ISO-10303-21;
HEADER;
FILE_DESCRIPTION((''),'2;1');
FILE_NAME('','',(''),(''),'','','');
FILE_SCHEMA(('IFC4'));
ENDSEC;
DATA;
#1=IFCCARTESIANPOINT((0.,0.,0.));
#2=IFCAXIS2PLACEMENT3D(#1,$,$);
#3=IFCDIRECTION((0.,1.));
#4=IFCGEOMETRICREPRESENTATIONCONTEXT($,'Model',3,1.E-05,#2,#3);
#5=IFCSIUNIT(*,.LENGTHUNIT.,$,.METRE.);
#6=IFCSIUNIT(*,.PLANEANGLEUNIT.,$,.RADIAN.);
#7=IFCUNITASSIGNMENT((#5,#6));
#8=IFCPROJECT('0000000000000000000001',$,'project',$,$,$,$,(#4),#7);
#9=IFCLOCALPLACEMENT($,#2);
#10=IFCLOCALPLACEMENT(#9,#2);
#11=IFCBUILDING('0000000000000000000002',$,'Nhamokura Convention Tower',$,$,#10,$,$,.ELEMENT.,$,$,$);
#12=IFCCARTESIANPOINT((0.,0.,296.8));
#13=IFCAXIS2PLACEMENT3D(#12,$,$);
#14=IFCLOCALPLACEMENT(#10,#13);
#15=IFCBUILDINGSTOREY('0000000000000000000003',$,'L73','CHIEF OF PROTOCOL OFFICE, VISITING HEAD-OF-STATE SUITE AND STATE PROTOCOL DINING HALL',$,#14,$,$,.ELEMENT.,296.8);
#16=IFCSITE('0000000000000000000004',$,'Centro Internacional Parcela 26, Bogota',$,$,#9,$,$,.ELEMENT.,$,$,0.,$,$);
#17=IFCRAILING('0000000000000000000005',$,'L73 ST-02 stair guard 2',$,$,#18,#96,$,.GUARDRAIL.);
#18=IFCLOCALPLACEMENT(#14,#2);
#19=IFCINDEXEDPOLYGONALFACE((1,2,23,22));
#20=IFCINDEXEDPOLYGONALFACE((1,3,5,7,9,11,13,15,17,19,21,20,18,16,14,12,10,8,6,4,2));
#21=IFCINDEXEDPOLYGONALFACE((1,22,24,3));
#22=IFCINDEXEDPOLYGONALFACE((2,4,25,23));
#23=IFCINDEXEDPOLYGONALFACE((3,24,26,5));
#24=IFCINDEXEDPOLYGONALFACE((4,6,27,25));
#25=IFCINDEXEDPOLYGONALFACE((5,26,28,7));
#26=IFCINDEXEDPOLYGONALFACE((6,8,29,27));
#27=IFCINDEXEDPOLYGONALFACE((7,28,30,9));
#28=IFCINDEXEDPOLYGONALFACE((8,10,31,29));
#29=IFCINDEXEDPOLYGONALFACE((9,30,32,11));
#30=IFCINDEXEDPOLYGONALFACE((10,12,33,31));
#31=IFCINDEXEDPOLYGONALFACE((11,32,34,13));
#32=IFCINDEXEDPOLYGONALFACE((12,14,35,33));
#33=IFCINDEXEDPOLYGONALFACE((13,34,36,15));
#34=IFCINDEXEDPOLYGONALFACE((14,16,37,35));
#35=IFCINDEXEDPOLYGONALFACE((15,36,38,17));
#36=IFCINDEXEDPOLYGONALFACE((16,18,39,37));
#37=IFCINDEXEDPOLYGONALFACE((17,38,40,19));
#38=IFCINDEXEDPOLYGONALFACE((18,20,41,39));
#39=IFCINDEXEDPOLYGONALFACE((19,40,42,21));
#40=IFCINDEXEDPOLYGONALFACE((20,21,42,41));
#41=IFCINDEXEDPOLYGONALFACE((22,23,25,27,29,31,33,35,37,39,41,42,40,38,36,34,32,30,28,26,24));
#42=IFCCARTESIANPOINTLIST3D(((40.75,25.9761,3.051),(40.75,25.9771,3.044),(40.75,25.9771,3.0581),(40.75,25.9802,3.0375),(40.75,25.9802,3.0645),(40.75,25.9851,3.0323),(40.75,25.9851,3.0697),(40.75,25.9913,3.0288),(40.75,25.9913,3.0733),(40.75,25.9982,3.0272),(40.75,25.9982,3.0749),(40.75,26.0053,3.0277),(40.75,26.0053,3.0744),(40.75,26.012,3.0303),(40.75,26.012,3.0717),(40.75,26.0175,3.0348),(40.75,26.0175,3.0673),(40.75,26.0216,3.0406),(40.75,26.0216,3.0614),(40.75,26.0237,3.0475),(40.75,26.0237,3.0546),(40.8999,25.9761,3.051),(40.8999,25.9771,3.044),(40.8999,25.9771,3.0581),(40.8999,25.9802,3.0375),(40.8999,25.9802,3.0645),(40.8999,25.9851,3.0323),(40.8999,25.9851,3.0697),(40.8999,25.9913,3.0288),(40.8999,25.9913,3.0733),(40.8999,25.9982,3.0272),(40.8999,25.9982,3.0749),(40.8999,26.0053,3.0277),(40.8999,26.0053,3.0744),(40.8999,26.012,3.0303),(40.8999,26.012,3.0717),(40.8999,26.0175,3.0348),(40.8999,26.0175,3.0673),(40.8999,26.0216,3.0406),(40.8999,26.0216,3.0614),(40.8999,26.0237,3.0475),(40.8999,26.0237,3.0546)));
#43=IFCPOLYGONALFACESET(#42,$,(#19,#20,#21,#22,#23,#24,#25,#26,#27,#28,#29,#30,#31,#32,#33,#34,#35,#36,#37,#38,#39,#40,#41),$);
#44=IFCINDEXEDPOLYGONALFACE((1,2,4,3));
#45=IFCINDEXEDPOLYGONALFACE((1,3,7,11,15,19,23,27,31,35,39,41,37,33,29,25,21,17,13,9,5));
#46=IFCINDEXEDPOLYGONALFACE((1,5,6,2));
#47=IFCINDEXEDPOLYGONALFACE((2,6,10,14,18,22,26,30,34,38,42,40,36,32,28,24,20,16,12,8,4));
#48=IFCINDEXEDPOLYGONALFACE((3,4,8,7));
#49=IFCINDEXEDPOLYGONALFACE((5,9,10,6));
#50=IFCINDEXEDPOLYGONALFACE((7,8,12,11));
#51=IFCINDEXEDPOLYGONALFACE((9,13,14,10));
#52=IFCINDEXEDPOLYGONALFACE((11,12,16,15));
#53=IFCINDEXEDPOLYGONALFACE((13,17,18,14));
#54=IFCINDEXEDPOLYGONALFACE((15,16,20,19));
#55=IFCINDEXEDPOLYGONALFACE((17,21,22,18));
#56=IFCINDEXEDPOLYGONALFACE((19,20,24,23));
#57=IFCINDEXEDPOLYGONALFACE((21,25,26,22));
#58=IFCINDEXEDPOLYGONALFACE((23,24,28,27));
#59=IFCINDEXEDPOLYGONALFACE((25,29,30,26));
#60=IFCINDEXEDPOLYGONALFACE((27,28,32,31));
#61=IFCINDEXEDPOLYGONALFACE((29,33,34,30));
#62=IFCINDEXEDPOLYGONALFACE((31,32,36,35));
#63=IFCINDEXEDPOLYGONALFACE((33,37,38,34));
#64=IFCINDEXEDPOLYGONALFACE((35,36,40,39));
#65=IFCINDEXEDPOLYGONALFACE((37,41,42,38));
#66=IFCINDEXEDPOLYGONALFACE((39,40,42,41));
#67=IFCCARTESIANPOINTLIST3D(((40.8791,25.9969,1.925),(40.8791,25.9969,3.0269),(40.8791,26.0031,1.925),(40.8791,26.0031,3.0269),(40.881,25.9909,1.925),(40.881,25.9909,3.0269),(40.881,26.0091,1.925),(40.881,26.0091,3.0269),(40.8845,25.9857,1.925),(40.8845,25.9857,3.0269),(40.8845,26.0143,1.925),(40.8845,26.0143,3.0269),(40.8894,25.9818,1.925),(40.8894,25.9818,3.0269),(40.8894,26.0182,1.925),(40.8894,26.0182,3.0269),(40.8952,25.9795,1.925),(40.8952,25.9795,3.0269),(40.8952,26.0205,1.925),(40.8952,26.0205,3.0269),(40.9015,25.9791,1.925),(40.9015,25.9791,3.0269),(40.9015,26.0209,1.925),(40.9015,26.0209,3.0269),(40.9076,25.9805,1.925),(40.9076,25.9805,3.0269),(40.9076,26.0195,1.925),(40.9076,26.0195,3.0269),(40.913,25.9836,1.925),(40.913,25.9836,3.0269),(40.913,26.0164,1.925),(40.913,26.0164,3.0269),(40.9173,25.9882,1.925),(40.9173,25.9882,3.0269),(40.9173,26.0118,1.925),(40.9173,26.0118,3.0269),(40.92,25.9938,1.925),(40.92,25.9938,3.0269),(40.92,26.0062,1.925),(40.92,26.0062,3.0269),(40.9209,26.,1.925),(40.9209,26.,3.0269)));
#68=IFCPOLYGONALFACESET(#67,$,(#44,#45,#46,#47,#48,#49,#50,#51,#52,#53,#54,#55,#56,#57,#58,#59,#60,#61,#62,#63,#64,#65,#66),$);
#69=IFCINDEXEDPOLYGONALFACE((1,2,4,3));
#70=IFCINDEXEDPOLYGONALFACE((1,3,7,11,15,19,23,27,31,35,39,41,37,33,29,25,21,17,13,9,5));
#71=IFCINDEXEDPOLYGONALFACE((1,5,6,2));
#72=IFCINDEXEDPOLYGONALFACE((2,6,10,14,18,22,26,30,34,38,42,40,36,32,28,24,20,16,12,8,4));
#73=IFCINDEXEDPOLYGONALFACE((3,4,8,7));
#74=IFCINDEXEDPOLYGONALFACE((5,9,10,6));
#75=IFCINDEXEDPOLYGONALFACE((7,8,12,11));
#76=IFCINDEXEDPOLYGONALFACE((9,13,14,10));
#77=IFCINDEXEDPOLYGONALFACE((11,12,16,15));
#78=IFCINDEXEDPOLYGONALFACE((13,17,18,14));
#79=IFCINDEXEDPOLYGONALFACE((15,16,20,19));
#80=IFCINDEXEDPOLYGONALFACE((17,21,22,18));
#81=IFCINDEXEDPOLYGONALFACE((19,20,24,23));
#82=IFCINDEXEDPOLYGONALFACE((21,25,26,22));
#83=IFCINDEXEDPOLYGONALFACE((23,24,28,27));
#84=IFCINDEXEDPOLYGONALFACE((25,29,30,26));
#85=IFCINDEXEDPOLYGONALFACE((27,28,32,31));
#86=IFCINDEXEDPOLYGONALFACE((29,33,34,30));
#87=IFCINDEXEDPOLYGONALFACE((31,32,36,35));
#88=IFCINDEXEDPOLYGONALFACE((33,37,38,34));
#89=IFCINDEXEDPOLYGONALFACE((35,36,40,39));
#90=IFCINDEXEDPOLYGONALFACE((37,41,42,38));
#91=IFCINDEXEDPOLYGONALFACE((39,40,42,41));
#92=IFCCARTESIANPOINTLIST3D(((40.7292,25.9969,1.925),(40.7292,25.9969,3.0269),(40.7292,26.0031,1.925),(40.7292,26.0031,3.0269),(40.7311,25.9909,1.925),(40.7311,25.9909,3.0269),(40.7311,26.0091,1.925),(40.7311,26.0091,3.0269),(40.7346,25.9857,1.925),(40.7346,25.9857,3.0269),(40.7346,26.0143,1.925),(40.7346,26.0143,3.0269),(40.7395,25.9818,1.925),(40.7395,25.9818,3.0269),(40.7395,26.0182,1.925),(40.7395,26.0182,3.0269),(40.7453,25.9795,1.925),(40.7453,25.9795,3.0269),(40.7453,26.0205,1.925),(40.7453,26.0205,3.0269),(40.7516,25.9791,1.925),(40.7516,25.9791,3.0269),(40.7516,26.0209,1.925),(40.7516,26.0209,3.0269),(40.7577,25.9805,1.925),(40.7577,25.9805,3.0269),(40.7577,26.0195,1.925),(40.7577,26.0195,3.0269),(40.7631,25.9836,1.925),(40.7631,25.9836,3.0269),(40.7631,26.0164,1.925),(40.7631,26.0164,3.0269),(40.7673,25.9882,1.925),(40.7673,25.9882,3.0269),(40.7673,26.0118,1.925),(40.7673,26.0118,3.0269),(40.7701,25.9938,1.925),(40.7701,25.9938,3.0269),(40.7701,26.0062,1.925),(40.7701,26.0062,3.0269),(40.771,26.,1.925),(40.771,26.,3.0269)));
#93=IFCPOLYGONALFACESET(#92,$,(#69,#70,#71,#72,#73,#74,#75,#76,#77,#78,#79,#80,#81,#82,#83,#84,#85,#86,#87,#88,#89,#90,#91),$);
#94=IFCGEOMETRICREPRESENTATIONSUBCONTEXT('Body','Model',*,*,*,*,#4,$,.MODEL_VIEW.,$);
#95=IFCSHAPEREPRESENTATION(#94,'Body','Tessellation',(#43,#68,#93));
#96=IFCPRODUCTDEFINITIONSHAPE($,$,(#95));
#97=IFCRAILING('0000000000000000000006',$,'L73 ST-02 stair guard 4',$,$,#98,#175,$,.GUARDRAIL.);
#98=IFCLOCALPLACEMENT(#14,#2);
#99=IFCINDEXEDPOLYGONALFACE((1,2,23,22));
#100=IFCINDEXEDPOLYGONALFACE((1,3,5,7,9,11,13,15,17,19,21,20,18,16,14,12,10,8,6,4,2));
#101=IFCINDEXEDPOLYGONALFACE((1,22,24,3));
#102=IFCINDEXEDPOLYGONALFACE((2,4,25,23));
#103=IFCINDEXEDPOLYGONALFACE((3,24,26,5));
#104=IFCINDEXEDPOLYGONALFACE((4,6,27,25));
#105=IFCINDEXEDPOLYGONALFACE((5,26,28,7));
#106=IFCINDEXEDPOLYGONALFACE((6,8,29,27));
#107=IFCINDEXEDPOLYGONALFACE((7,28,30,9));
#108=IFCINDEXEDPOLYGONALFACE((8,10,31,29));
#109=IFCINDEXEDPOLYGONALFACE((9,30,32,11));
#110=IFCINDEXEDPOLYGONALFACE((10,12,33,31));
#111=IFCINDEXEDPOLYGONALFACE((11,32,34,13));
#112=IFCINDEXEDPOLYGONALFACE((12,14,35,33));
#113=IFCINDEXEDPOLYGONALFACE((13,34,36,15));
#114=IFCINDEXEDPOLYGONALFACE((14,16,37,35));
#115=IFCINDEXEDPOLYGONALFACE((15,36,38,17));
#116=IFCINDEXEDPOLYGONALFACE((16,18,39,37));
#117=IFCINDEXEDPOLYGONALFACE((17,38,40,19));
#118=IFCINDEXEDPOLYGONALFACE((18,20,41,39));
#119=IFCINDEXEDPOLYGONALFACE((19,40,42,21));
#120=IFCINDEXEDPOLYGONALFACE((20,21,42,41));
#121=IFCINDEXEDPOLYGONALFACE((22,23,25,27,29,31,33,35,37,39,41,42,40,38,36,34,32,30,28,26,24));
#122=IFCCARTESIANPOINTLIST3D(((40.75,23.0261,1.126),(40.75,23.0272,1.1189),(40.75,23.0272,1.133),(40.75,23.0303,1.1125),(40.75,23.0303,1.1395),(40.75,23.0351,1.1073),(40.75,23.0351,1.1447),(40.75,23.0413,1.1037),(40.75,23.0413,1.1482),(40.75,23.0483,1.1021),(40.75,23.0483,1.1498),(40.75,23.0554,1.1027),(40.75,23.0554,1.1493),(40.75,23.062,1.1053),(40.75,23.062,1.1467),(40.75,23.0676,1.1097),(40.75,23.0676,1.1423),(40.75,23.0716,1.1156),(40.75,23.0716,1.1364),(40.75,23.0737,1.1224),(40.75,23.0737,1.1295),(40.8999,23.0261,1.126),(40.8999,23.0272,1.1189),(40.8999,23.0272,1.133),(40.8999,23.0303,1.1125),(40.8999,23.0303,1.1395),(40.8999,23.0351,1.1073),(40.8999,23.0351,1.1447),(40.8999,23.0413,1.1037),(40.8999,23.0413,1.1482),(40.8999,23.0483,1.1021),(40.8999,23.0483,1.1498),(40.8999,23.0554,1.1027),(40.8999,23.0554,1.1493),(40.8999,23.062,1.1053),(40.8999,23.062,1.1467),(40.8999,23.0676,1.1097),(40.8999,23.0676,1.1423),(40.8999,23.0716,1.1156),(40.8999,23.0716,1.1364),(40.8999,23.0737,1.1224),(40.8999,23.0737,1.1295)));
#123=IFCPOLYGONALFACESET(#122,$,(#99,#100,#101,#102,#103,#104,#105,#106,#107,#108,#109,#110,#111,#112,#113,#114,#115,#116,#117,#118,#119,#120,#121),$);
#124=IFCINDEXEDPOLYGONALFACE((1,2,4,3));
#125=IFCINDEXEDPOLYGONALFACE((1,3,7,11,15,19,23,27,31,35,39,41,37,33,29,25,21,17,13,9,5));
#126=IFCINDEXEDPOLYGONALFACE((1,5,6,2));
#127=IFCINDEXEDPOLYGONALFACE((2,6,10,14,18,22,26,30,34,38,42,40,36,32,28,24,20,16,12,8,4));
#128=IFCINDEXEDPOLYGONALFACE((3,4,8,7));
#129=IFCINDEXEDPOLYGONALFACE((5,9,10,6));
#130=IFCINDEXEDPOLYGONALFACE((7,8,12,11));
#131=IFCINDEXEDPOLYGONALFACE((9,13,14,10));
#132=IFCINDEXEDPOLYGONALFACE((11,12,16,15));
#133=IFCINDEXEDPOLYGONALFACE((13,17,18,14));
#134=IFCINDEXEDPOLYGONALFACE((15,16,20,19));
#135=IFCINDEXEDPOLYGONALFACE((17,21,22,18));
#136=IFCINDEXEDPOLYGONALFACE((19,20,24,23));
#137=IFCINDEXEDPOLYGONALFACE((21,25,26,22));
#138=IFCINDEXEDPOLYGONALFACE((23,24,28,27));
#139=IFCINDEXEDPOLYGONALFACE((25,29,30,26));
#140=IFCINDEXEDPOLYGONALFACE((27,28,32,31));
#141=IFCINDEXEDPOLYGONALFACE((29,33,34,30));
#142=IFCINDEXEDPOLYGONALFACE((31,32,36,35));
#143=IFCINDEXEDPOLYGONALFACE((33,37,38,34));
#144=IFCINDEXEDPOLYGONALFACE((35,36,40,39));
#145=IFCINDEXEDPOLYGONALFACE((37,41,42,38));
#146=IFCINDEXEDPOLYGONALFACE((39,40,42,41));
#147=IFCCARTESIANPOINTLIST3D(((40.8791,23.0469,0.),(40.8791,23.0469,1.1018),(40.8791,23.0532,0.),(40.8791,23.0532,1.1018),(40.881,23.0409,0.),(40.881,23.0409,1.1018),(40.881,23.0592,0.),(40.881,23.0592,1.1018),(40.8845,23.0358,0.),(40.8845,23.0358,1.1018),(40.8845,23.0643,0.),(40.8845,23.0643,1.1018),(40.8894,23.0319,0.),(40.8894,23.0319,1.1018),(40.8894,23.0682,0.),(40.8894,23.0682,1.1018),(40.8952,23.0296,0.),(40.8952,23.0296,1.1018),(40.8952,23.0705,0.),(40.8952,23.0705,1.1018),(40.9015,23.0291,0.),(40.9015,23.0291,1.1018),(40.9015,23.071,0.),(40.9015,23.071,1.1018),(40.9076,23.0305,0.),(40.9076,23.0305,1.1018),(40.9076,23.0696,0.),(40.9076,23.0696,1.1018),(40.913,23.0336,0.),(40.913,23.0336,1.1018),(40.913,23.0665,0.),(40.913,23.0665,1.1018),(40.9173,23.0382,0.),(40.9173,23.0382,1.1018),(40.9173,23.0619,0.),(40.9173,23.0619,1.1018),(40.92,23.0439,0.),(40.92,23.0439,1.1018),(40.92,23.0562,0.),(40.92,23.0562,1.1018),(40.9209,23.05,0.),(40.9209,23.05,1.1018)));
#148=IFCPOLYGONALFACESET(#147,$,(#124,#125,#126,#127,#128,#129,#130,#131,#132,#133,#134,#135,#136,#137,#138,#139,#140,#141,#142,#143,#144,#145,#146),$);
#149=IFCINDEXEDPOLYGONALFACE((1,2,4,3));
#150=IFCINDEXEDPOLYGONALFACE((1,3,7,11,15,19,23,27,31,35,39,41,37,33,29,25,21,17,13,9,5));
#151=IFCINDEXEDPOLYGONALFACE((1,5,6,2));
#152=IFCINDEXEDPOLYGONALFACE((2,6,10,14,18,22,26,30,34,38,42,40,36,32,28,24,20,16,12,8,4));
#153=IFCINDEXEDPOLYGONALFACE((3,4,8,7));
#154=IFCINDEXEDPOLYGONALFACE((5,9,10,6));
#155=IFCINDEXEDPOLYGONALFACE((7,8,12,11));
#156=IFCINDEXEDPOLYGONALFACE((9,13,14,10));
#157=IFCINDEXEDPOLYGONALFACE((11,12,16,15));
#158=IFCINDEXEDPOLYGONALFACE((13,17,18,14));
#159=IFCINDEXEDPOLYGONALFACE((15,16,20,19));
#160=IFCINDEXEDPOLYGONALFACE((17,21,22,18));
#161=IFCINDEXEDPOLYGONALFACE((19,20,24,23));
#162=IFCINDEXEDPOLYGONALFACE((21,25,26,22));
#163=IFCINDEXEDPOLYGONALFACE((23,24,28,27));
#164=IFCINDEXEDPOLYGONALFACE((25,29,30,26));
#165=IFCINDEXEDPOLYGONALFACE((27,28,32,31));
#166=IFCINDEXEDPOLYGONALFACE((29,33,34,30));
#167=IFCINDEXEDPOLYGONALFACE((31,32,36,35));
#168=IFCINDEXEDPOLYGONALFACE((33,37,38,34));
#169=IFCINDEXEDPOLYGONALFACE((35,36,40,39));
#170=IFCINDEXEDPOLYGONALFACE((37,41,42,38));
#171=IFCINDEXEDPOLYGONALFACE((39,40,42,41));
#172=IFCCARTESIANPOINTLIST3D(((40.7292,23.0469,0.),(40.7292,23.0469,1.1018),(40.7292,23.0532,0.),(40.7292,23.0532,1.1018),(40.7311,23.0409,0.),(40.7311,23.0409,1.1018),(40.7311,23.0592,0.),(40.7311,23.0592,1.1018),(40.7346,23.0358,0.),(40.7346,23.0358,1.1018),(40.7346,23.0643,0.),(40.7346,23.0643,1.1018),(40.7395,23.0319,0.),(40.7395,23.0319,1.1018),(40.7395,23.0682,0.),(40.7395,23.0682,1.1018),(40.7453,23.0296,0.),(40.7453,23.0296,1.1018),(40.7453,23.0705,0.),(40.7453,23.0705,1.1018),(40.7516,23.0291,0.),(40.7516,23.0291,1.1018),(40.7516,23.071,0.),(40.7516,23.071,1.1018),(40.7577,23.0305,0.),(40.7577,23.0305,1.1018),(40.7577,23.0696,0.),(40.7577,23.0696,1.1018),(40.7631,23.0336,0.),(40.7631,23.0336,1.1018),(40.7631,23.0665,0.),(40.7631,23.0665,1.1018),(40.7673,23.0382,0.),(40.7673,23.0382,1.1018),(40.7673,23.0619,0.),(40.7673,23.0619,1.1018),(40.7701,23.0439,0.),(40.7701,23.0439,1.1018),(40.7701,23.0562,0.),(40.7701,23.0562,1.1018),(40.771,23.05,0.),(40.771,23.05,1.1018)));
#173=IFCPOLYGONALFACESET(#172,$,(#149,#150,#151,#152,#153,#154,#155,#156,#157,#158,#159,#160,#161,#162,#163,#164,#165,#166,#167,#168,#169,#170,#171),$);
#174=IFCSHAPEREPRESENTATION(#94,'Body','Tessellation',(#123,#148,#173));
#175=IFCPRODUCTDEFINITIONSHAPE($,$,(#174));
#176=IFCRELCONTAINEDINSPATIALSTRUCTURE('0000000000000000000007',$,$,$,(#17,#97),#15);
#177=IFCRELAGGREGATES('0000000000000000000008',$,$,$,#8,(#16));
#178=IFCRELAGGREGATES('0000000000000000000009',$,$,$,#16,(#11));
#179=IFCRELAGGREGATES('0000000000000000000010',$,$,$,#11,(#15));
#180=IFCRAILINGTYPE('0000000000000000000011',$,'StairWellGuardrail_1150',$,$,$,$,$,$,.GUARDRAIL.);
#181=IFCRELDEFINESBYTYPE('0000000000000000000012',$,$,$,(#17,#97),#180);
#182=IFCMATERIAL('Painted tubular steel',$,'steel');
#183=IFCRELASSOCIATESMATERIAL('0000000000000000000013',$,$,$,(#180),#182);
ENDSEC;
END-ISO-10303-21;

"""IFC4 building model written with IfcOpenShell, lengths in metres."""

from ifc_helpers import new_model, si_unit, direction, frame, origin, origin_2d, place, context, subcontext, project, spatial, circle, extrude, material, type_object, element, save


model = new_model("IFC4")

# Units and contexts
model_context = context("Model", 3, precision=1e-05, world=origin(), true_north=direction((0.0, 1.0)))
body_context = subcontext(model_context, "Body", "Model", "MODEL_VIEW")
ifc_project = project(units=[si_unit("LENGTHUNIT", "METRE"), si_unit("PLANEANGLEUNIT", "RADIAN")], contexts=[model_context])

# Site, building, storey
site_placement = place(None, origin())
site = spatial("IfcSite", under=ifc_project, at=site_placement, Name="Centro Internacional Parcela 26, Bogota", CompositionType="ELEMENT", RefElevation=0.0)
building_placement = place(site_placement, origin())
building = spatial("IfcBuilding", under=site, at=building_placement, Name="Nhamokura Convention Tower", CompositionType="ELEMENT")
storey_placement = place(building_placement, frame((0.0, 0.0, 296.8)))
storey = spatial("IfcBuildingStorey", under=building, at=storey_placement, Name="L73", Description="CHIEF OF PROTOCOL OFFICE, VISITING HEAD-OF-STATE SUITE AND STATE PROTOCOL DINING HALL", CompositionType="ELEMENT", Elevation=296.8)

# Railings
ifc_material_1 = material(Name="Painted tubular steel", Category="steel")
railing_type_1 = type_object("IfcRailingType", Name="StairWellGuardrail_1150", PredefinedType="GUARDRAIL", material=ifc_material_1)
for number, where, name in (
    (1, (40.8999, 26.0, 1.925), "L73 ST-02 stair guard 2"),
    (2, (40.8999, 23.05, 0.0), "L73 ST-02 stair guard 4"),
):
    element("IfcRailing", number, at=place(storey_placement, frame(where)), inside=storey, type_object=railing_type_1, Name=name, PredefinedType="GUARDRAIL", context=body_context, shape_type="SweptSolid", body=[
        extrude(circle(Radius=0.0239, at=origin_2d()), frame((0.0, 0.0, 1.126), z_axis=(-1.0, 0.0, 0.0), x_axis=(0.0, -1.0, 0.0)), (0.0, 0.0, 1.0), 0.1499),
        extrude(circle(Radius=0.021, at=origin_2d()), origin(), (0.0, 0.0, 1.0), 1.1018),
        extrude(circle(Radius=0.021, at=origin_2d()), frame((-0.1499, 0.0, 0.0)), (0.0, 0.0, 1.0), 1.1018),
    ])

save(model, "model.ifc")
